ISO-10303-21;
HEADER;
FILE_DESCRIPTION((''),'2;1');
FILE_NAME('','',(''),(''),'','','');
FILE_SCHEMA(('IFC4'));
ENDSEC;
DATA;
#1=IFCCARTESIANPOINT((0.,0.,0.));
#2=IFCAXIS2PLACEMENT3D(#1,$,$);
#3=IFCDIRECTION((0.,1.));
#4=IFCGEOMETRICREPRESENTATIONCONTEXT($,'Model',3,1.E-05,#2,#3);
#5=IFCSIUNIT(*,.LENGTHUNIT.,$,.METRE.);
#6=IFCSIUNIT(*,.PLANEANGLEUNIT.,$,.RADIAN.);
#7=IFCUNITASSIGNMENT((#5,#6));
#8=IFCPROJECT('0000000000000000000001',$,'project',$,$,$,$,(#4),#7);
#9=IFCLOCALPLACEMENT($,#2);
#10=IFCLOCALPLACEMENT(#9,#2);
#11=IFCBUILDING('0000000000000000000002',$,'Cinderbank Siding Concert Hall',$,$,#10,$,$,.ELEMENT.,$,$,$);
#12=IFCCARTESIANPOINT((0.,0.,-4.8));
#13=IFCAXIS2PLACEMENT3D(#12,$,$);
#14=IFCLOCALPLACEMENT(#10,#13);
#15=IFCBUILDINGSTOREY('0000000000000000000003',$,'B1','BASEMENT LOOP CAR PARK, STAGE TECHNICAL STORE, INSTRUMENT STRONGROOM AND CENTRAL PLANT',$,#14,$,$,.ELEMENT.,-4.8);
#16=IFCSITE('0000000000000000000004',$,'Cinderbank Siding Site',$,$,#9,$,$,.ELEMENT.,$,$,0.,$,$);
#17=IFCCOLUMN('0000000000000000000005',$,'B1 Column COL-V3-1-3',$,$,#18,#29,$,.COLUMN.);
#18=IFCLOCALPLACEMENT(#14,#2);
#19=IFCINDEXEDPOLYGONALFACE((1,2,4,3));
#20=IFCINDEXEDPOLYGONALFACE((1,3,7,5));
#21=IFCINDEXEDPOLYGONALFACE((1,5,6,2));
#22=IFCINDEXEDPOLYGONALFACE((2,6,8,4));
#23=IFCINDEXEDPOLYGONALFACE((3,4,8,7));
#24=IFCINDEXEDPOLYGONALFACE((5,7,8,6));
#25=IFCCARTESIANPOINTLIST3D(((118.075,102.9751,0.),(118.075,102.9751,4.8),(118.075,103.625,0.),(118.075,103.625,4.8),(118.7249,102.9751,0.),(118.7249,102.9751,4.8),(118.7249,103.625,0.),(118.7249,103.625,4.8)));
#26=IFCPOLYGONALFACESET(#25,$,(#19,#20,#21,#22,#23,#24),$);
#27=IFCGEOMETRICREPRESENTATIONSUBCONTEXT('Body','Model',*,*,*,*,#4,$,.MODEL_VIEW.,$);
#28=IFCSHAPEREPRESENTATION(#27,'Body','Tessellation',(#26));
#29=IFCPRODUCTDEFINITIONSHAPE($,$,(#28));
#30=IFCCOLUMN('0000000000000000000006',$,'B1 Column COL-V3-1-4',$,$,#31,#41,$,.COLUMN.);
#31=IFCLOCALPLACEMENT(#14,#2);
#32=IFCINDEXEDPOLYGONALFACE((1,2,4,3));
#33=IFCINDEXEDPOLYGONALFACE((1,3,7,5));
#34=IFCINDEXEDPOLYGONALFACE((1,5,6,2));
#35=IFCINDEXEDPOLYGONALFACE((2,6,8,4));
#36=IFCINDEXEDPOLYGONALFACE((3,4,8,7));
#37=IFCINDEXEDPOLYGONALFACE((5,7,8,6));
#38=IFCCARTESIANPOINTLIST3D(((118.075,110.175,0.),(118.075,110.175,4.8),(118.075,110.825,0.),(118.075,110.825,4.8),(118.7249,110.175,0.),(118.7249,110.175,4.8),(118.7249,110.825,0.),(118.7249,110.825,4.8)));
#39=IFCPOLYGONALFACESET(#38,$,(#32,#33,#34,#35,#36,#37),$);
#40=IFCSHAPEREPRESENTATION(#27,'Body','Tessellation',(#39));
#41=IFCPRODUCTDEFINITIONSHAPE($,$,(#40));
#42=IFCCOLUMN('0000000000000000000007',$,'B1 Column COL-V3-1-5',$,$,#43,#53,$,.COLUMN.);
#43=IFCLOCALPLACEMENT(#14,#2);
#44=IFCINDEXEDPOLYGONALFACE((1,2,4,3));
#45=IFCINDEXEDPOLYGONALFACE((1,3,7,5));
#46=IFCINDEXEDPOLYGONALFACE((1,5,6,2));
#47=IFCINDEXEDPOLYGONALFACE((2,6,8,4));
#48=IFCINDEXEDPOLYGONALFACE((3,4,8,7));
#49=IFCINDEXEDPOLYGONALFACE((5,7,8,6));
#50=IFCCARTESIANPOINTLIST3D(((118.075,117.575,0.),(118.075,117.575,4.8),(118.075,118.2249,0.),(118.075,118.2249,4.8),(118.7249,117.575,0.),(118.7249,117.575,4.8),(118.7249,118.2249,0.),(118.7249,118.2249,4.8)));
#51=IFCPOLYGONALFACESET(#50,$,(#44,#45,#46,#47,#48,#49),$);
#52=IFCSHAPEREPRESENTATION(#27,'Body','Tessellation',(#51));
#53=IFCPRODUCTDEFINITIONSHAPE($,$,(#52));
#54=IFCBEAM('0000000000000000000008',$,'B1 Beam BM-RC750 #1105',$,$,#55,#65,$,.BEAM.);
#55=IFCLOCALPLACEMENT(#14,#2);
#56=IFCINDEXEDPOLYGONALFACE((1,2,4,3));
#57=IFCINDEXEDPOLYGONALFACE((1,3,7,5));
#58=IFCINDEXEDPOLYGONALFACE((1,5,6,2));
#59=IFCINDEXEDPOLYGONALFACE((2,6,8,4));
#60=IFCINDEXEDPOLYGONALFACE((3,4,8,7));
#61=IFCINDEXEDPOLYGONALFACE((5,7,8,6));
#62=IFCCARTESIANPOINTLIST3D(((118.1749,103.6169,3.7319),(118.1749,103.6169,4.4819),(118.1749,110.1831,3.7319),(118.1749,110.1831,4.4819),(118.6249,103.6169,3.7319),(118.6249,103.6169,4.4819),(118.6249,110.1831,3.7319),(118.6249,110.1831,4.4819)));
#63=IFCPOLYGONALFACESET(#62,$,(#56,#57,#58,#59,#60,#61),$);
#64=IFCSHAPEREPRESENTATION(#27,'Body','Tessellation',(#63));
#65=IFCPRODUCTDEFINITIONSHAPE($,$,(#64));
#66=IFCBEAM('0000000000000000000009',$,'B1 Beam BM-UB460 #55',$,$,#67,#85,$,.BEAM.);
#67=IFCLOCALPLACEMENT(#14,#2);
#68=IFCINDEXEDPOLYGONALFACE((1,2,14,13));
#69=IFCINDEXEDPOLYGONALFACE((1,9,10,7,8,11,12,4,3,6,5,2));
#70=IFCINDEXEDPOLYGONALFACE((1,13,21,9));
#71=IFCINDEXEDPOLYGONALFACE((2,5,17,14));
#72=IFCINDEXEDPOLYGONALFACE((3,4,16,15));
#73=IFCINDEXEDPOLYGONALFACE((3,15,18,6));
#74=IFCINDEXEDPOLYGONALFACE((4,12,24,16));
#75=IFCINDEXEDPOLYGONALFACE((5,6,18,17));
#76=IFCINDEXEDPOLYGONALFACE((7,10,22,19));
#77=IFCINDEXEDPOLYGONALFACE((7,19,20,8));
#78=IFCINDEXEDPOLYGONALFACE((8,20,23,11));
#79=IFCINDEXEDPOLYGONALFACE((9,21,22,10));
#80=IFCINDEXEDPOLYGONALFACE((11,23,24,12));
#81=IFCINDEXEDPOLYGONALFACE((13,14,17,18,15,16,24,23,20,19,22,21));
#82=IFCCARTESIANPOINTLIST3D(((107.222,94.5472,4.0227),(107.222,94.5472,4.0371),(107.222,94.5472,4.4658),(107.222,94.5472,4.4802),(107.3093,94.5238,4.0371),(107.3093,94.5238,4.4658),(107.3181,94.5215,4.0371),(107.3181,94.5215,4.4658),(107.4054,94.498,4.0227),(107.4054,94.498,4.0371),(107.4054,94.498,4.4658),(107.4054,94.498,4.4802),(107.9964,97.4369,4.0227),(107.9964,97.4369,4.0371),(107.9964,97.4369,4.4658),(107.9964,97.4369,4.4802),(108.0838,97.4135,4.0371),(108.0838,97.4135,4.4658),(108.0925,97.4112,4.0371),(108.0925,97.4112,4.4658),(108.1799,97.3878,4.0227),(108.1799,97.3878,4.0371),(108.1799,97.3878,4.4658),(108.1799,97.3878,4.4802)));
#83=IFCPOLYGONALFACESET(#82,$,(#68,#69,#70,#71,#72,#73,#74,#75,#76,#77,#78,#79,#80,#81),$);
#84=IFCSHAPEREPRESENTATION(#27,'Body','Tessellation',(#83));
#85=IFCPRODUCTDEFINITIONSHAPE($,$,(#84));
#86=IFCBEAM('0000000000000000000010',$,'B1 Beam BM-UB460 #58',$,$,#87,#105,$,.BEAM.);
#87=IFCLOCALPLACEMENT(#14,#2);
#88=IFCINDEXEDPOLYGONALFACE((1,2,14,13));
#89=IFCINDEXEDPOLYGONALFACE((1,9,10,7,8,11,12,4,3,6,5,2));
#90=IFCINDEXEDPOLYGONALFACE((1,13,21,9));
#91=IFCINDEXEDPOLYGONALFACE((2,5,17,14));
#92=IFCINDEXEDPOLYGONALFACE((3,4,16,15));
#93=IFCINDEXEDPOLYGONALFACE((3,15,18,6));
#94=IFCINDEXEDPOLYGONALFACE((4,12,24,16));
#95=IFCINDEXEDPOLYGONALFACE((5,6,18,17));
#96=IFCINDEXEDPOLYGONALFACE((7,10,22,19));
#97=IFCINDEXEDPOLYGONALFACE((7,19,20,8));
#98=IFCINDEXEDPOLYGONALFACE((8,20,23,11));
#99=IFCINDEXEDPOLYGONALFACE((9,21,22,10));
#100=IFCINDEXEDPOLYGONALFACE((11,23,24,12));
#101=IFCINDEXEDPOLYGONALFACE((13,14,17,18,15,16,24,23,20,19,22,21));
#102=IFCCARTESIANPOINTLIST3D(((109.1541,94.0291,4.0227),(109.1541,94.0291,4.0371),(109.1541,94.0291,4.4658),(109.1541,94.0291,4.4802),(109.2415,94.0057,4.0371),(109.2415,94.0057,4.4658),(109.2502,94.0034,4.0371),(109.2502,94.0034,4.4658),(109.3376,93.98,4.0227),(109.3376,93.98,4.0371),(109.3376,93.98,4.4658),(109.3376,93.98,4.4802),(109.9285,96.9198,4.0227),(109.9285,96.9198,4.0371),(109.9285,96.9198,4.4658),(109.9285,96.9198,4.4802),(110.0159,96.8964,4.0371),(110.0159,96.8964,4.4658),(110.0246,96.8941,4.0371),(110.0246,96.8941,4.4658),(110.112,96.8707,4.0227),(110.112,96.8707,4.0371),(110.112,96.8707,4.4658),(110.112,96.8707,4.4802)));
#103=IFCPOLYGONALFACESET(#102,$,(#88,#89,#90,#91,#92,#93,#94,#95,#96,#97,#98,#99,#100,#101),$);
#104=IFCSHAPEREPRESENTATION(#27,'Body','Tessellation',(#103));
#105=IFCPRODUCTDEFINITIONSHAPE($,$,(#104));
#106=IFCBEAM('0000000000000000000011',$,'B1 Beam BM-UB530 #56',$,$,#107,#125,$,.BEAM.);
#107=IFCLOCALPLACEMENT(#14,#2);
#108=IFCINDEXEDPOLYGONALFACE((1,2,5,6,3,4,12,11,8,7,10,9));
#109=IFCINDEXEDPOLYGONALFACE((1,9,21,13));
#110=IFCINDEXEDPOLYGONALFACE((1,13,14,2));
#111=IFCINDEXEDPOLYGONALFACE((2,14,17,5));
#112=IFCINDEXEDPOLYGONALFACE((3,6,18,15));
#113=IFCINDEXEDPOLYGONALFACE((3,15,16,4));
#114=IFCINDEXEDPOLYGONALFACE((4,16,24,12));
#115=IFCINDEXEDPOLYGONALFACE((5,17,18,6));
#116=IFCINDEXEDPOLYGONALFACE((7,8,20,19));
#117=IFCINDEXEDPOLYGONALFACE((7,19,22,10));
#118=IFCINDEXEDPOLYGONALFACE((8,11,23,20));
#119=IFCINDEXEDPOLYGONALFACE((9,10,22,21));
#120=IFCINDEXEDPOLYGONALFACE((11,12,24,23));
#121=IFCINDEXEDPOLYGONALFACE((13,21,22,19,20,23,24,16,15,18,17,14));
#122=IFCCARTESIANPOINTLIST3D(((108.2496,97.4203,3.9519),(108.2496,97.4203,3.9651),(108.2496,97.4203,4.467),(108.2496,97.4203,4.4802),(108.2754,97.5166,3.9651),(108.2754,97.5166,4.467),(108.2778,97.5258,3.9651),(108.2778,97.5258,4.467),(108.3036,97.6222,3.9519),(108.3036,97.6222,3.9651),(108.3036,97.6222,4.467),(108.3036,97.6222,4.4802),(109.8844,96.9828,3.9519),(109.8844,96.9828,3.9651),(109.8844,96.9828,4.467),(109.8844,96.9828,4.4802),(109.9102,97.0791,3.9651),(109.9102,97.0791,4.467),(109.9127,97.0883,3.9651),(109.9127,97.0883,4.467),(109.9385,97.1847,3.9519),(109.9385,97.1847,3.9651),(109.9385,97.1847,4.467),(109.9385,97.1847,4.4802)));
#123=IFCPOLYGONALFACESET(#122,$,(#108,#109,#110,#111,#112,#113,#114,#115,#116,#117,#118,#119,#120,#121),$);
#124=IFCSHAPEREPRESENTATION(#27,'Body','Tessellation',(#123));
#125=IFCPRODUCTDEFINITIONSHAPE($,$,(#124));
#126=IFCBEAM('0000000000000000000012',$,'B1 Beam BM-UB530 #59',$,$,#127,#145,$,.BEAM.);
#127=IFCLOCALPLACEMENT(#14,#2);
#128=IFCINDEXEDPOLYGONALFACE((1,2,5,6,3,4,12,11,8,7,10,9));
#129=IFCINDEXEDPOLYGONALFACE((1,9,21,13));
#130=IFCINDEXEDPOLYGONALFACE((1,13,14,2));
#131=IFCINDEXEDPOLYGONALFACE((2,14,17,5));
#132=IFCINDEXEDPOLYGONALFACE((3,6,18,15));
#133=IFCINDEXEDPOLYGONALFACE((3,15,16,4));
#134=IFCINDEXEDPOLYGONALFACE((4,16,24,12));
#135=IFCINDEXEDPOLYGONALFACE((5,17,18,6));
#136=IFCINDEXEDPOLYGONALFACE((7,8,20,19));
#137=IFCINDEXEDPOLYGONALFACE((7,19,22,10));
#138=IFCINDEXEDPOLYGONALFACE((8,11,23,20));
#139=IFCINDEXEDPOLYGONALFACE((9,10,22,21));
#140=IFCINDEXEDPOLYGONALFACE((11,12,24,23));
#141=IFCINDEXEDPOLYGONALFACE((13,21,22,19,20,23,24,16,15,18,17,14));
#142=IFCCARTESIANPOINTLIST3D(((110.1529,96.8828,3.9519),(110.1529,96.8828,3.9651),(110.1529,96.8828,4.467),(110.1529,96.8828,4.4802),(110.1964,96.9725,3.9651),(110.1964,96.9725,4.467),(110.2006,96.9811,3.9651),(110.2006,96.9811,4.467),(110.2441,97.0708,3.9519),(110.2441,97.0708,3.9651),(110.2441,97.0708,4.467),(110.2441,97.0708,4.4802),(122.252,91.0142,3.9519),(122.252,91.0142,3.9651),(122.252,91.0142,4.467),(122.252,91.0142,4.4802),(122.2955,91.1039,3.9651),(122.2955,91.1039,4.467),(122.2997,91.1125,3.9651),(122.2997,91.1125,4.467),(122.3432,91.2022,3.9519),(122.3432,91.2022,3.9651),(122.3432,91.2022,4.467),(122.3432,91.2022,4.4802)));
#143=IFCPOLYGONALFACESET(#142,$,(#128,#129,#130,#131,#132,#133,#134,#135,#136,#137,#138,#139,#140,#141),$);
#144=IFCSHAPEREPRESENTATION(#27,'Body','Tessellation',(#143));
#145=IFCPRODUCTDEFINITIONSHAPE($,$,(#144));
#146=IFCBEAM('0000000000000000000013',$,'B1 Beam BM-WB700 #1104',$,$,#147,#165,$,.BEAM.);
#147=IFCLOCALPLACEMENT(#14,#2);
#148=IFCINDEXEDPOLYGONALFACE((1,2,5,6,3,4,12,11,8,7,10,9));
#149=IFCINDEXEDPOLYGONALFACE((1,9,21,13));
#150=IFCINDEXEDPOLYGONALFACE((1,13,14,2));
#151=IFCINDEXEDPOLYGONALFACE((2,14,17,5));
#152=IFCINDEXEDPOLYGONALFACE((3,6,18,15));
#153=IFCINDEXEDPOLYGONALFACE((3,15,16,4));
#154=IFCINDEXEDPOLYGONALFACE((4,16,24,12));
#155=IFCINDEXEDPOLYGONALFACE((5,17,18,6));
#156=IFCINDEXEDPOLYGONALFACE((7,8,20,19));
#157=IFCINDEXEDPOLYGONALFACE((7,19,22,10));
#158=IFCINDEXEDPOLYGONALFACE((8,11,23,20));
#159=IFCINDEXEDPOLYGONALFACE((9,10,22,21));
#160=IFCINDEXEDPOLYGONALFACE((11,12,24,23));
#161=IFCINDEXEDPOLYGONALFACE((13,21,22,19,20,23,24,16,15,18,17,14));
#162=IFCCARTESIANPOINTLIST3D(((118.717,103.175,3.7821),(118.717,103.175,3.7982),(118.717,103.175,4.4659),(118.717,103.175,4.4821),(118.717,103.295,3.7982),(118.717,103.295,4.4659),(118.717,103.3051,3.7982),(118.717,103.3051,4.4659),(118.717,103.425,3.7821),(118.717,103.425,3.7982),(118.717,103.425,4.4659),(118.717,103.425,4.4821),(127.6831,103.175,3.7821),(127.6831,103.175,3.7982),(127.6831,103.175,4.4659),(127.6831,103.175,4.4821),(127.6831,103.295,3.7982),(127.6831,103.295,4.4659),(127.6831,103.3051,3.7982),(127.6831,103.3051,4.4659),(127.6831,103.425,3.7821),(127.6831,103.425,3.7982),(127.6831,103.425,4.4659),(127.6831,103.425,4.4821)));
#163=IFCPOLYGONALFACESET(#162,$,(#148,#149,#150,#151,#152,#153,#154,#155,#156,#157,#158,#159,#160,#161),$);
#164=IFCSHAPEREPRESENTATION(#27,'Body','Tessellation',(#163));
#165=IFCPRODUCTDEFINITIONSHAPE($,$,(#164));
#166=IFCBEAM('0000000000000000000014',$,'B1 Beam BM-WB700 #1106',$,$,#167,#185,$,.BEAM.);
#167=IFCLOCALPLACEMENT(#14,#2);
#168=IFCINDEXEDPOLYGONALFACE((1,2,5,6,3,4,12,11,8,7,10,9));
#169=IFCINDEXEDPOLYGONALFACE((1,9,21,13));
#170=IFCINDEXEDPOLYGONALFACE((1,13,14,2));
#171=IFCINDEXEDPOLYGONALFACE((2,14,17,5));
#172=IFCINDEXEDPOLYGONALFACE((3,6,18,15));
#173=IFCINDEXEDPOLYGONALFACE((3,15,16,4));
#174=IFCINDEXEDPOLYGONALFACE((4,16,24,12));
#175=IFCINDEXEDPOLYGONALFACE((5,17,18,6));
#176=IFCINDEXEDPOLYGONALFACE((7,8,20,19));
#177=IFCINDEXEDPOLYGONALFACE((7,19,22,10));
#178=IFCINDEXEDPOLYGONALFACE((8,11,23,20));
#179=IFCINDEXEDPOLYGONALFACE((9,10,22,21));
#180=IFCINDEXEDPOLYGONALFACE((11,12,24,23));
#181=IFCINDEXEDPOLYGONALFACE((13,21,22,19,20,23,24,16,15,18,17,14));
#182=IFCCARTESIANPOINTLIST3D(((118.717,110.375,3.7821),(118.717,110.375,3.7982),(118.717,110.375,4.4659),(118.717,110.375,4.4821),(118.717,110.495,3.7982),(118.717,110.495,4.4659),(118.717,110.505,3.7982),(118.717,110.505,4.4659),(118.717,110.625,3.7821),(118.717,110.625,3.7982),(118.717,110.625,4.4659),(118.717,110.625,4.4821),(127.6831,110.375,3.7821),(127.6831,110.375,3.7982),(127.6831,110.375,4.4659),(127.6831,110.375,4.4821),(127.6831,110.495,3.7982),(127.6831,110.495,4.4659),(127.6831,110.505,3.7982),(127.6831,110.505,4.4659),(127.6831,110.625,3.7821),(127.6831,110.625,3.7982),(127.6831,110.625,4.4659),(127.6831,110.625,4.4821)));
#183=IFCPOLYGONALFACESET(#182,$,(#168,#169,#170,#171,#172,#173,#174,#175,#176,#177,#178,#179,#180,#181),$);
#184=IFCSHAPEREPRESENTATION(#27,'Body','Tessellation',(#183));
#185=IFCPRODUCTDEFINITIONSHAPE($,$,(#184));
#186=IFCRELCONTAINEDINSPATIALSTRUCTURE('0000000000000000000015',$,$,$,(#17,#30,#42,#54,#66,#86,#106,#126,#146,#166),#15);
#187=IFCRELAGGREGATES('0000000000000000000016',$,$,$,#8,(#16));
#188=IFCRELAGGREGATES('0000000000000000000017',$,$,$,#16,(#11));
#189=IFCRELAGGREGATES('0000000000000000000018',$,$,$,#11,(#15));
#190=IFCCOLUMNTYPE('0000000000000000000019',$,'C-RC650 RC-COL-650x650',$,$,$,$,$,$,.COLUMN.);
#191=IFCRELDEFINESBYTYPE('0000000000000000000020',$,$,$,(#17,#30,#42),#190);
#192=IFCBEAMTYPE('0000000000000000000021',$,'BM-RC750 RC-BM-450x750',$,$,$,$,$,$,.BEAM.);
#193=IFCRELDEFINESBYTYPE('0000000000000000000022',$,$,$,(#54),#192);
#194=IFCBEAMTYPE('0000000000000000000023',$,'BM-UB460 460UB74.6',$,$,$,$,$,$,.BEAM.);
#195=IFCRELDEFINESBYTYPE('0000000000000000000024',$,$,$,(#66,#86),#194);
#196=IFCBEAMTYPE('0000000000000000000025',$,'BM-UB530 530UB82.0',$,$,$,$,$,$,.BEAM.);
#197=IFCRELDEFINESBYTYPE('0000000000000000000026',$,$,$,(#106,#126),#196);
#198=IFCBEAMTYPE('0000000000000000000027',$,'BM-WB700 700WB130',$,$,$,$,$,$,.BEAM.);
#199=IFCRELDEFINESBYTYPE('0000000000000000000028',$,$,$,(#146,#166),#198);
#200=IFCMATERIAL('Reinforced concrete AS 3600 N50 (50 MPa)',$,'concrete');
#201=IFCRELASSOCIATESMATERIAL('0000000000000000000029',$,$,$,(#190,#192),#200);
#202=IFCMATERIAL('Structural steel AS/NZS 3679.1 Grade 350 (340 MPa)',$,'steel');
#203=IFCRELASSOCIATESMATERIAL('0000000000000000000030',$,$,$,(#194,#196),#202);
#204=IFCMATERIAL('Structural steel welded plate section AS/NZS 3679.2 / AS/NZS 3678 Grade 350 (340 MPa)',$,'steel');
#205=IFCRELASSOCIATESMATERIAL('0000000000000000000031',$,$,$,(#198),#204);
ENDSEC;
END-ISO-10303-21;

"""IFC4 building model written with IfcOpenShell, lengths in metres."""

from ifc_helpers import new_model, si_unit, direction, frame, origin, origin_2d, place, context, subcontext, project, spatial, rectangle, i_section, extrude, material, material_profile, profile_set, type_object, element, save


model = new_model("IFC4")

# Units and contexts
model_context = context("Model", 3, precision=1e-05, world=origin(), true_north=direction((0.0, 1.0)))
body_context = subcontext(model_context, "Body", "Model", "MODEL_VIEW")
ifc_project = project(units=[si_unit("LENGTHUNIT", "METRE"), si_unit("PLANEANGLEUNIT", "RADIAN")], contexts=[model_context])

# Site, building, storey
site_placement = place(None, origin())
site = spatial("IfcSite", under=ifc_project, at=site_placement, Name="Cinderbank Siding Site", CompositionType="ELEMENT", RefElevation=0.0)
building_placement = place(site_placement, origin())
building = spatial("IfcBuilding", under=site, at=building_placement, Name="Cinderbank Siding Concert Hall", CompositionType="ELEMENT")
storey_placement = place(building_placement, frame((0.0, 0.0, -4.8)))
storey = spatial("IfcBuildingStorey", under=building, at=storey_placement, Name="B1", Description="BASEMENT LOOP CAR PARK, STAGE TECHNICAL STORE, INSTRUMENT STRONGROOM AND CENTRAL PLANT", CompositionType="ELEMENT", Elevation=-4.8)

# Columns
ifc_material_1 = material(Name="Reinforced concrete AS 3600 N50 (50 MPa)", Category="concrete")
ifc_material_profile_1 = material_profile(ifc_material_1, rectangle(XDim=0.6499, YDim=0.6499, at=origin_2d()), Name="RC-COL-650x650", Category="LoadBearing")
ifc_profile_set_1 = profile_set([ifc_material_profile_1], Name="Reinforced concrete AS 3600 N50 (50 MPa)")
column_type_1 = type_object("IfcColumnType", Name="C-RC650 RC-COL-650x650", PredefinedType="COLUMN", material=ifc_profile_set_1)
for number, where, z_axis, x_axis, name in (
    (1, (118.3999, 103.3, 0.0), (0.0, 0.0, 1.0), (1.0, 0.0, 0.0), "B1 Column COL-V3-1-3"),
    (2, (118.3999, 110.5, 0.0), (0.0, 0.0, 1.0), (1.0, 0.0, 0.0), "B1 Column COL-V3-1-4"),
    (3, (118.3999, 117.8999, 0.0), (0.0, 0.0, 1.0), (1.0, 0.0, 0.0), "B1 Column COL-V3-1-5"),
):
    element("IfcColumn", number, at=place(storey_placement, frame(where, z_axis=z_axis, x_axis=x_axis)), inside=storey, type_object=column_type_1, Name=name, PredefinedType="COLUMN", context=body_context, shape_type="SweptSolid", body=[
        extrude(rectangle(XDim=0.6499, YDim=0.6499, at=origin_2d()), origin(), (0.0, 0.0, 1.0), 4.8),
    ])

# Beams
ifc_material_profile_2 = material_profile(ifc_material_1, rectangle(XDim=0.45, YDim=0.75, at=origin_2d()), Name="RC-BM-450x750", Category="LoadBearing")
ifc_profile_set_2 = profile_set([ifc_material_profile_2], Name="Reinforced concrete AS 3600 N50 (50 MPa)")
beam_type_1 = type_object("IfcBeamType", Name="BM-RC750 RC-BM-450x750", PredefinedType="BEAM", material=ifc_profile_set_2)
beam_1_placement = place(storey_placement, frame((118.3999, 103.6169, 4.1069), z_axis=(0.0, 1.0, 0.0), x_axis=(-1.0, 0.0, 0.0)))
element("IfcBeam", 4, at=beam_1_placement, inside=storey, type_object=beam_type_1, Name="B1 Beam BM-RC750 #1105", PredefinedType="BEAM", context=body_context, shape_type="SweptSolid", body=[
    extrude(rectangle(XDim=0.45, YDim=0.75, at=origin_2d()), origin(), (0.0, 0.0, 1.0), 6.5662),
])
ifc_material_2 = material(Name="Structural steel AS/NZS 3679.1 Grade 350 (340 MPa)", Category="steel")
ifc_material_profile_3 = material_profile(ifc_material_2, i_section(OverallWidth=0.1899, OverallDepth=0.4575, WebThickness=0.009, FlangeThickness=0.0144, at=origin_2d()), Name="460UB74.6", Category="LoadBearing")
ifc_profile_set_3 = profile_set([ifc_material_profile_3], Name="Structural steel AS/NZS 3679.1 Grade 350 (340 MPa)")
beam_type_2 = type_object("IfcBeamType", Name="BM-UB460 460UB74.6", PredefinedType="BEAM", material=ifc_profile_set_3)
beam_2_placement = place(storey_placement, frame((108.0881, 97.4124, 4.2515), z_axis=(-0.258861, -0.965915, 0.0), x_axis=(0.965915, -0.258861, 0.0)))
element("IfcBeam", 5, at=beam_2_placement, inside=storey, type_object=beam_type_2, Name="B1 Beam BM-UB460 #55", PredefinedType="BEAM", context=body_context, shape_type="SweptSolid", body=[
    extrude(i_section(OverallWidth=0.1899, OverallDepth=0.4575, WebThickness=0.009, FlangeThickness=0.0144, at=origin_2d()), origin(), (0.0, 0.0, 1.0), 2.9917),
])
beam_3_placement = place(storey_placement, frame((110.0203, 96.8953, 4.2515), z_axis=(-0.25878, -0.965936, 0.0), x_axis=(0.965936, -0.25878, 0.0)))
element("IfcBeam", 6, at=beam_3_placement, inside=storey, type_object=beam_type_2, Name="B1 Beam BM-UB460 #58", PredefinedType="BEAM", context=body_context, shape_type="SweptSolid", body=[
    extrude(i_section(OverallWidth=0.1899, OverallDepth=0.4575, WebThickness=0.009, FlangeThickness=0.0144, at=origin_2d()), origin(), (0.0, 0.0, 1.0), 2.9927),
])
ifc_material_profile_4 = material_profile(ifc_material_2, i_section(OverallWidth=0.209, OverallDepth=0.5283, WebThickness=0.0095, FlangeThickness=0.0132, at=origin_2d()), Name="530UB82.0", Category="LoadBearing")
ifc_profile_set_4 = profile_set([ifc_material_profile_4], Name="Structural steel AS/NZS 3679.1 Grade 350 (340 MPa)")
beam_type_3 = type_object("IfcBeamType", Name="BM-UB530 530UB82.0", PredefinedType="BEAM", material=ifc_profile_set_4)
beam_4_placement = place(storey_placement, frame((108.2766, 97.5212, 4.2161), z_axis=(0.966005, -0.258525, 0.0), x_axis=(0.258525, 0.966005, 0.0)))
element("IfcBeam", 7, at=beam_4_placement, inside=storey, type_object=beam_type_3, Name="B1 Beam BM-UB530 #56", PredefinedType="BEAM", context=body_context, shape_type="SweptSolid", body=[
    extrude(i_section(OverallWidth=0.209, OverallDepth=0.5283, WebThickness=0.0095, FlangeThickness=0.0132, at=origin_2d()), origin(), (0.0, 0.0, 1.0), 1.6924),
])
beam_5_placement = place(storey_placement, frame((110.1985, 96.9768, 4.2161), z_axis=(0.899744, -0.436419, 0.0), x_axis=(0.436419, 0.899744, 0.0)))
element("IfcBeam", 8, at=beam_5_placement, inside=storey, type_object=beam_type_3, Name="B1 Beam BM-UB530 #59", PredefinedType="BEAM", context=body_context, shape_type="SweptSolid", body=[
    extrude(i_section(OverallWidth=0.209, OverallDepth=0.5283, WebThickness=0.0095, FlangeThickness=0.0132, at=origin_2d()), origin(), (0.0, 0.0, 1.0), 13.4473),
])
ifc_material_3 = material(Name="Structural steel welded plate section AS/NZS 3679.2 / AS/NZS 3678 Grade 350 (340 MPa)", Category="steel")
ifc_material_profile_5 = material_profile(ifc_material_3, i_section(OverallWidth=0.25, OverallDepth=0.7, WebThickness=0.01, FlangeThickness=0.0161, at=origin_2d()), Name="700WB130", Category="LoadBearing")
ifc_profile_set_5 = profile_set([ifc_material_profile_5], Name="Structural steel welded plate section AS/NZS 3679.2 / AS/NZS 3678 Grade 350 (340 MPa)")
beam_type_4 = type_object("IfcBeamType", Name="BM-WB700 700WB130", PredefinedType="BEAM", material=ifc_profile_set_5)
for number, where, z_axis, x_axis, name in (
    (9, (118.717, 103.3, 4.1321), (1.0, 0.0, 0.0), (0.0, 1.0, 0.0), "B1 Beam BM-WB700 #1104"),
    (10, (118.717, 110.5, 4.1321), (1.0, 0.0, 0.0), (0.0, 1.0, 0.0), "B1 Beam BM-WB700 #1106"),
):
    element("IfcBeam", number, at=place(storey_placement, frame(where, z_axis=z_axis, x_axis=x_axis)), inside=storey, type_object=beam_type_4, Name=name, PredefinedType="BEAM", context=body_context, shape_type="SweptSolid", body=[
        extrude(i_section(OverallWidth=0.25, OverallDepth=0.7, WebThickness=0.01, FlangeThickness=0.0161, at=origin_2d()), origin(), (0.0, 0.0, 1.0), 8.9661),
    ])

save(model, "model.ifc")
